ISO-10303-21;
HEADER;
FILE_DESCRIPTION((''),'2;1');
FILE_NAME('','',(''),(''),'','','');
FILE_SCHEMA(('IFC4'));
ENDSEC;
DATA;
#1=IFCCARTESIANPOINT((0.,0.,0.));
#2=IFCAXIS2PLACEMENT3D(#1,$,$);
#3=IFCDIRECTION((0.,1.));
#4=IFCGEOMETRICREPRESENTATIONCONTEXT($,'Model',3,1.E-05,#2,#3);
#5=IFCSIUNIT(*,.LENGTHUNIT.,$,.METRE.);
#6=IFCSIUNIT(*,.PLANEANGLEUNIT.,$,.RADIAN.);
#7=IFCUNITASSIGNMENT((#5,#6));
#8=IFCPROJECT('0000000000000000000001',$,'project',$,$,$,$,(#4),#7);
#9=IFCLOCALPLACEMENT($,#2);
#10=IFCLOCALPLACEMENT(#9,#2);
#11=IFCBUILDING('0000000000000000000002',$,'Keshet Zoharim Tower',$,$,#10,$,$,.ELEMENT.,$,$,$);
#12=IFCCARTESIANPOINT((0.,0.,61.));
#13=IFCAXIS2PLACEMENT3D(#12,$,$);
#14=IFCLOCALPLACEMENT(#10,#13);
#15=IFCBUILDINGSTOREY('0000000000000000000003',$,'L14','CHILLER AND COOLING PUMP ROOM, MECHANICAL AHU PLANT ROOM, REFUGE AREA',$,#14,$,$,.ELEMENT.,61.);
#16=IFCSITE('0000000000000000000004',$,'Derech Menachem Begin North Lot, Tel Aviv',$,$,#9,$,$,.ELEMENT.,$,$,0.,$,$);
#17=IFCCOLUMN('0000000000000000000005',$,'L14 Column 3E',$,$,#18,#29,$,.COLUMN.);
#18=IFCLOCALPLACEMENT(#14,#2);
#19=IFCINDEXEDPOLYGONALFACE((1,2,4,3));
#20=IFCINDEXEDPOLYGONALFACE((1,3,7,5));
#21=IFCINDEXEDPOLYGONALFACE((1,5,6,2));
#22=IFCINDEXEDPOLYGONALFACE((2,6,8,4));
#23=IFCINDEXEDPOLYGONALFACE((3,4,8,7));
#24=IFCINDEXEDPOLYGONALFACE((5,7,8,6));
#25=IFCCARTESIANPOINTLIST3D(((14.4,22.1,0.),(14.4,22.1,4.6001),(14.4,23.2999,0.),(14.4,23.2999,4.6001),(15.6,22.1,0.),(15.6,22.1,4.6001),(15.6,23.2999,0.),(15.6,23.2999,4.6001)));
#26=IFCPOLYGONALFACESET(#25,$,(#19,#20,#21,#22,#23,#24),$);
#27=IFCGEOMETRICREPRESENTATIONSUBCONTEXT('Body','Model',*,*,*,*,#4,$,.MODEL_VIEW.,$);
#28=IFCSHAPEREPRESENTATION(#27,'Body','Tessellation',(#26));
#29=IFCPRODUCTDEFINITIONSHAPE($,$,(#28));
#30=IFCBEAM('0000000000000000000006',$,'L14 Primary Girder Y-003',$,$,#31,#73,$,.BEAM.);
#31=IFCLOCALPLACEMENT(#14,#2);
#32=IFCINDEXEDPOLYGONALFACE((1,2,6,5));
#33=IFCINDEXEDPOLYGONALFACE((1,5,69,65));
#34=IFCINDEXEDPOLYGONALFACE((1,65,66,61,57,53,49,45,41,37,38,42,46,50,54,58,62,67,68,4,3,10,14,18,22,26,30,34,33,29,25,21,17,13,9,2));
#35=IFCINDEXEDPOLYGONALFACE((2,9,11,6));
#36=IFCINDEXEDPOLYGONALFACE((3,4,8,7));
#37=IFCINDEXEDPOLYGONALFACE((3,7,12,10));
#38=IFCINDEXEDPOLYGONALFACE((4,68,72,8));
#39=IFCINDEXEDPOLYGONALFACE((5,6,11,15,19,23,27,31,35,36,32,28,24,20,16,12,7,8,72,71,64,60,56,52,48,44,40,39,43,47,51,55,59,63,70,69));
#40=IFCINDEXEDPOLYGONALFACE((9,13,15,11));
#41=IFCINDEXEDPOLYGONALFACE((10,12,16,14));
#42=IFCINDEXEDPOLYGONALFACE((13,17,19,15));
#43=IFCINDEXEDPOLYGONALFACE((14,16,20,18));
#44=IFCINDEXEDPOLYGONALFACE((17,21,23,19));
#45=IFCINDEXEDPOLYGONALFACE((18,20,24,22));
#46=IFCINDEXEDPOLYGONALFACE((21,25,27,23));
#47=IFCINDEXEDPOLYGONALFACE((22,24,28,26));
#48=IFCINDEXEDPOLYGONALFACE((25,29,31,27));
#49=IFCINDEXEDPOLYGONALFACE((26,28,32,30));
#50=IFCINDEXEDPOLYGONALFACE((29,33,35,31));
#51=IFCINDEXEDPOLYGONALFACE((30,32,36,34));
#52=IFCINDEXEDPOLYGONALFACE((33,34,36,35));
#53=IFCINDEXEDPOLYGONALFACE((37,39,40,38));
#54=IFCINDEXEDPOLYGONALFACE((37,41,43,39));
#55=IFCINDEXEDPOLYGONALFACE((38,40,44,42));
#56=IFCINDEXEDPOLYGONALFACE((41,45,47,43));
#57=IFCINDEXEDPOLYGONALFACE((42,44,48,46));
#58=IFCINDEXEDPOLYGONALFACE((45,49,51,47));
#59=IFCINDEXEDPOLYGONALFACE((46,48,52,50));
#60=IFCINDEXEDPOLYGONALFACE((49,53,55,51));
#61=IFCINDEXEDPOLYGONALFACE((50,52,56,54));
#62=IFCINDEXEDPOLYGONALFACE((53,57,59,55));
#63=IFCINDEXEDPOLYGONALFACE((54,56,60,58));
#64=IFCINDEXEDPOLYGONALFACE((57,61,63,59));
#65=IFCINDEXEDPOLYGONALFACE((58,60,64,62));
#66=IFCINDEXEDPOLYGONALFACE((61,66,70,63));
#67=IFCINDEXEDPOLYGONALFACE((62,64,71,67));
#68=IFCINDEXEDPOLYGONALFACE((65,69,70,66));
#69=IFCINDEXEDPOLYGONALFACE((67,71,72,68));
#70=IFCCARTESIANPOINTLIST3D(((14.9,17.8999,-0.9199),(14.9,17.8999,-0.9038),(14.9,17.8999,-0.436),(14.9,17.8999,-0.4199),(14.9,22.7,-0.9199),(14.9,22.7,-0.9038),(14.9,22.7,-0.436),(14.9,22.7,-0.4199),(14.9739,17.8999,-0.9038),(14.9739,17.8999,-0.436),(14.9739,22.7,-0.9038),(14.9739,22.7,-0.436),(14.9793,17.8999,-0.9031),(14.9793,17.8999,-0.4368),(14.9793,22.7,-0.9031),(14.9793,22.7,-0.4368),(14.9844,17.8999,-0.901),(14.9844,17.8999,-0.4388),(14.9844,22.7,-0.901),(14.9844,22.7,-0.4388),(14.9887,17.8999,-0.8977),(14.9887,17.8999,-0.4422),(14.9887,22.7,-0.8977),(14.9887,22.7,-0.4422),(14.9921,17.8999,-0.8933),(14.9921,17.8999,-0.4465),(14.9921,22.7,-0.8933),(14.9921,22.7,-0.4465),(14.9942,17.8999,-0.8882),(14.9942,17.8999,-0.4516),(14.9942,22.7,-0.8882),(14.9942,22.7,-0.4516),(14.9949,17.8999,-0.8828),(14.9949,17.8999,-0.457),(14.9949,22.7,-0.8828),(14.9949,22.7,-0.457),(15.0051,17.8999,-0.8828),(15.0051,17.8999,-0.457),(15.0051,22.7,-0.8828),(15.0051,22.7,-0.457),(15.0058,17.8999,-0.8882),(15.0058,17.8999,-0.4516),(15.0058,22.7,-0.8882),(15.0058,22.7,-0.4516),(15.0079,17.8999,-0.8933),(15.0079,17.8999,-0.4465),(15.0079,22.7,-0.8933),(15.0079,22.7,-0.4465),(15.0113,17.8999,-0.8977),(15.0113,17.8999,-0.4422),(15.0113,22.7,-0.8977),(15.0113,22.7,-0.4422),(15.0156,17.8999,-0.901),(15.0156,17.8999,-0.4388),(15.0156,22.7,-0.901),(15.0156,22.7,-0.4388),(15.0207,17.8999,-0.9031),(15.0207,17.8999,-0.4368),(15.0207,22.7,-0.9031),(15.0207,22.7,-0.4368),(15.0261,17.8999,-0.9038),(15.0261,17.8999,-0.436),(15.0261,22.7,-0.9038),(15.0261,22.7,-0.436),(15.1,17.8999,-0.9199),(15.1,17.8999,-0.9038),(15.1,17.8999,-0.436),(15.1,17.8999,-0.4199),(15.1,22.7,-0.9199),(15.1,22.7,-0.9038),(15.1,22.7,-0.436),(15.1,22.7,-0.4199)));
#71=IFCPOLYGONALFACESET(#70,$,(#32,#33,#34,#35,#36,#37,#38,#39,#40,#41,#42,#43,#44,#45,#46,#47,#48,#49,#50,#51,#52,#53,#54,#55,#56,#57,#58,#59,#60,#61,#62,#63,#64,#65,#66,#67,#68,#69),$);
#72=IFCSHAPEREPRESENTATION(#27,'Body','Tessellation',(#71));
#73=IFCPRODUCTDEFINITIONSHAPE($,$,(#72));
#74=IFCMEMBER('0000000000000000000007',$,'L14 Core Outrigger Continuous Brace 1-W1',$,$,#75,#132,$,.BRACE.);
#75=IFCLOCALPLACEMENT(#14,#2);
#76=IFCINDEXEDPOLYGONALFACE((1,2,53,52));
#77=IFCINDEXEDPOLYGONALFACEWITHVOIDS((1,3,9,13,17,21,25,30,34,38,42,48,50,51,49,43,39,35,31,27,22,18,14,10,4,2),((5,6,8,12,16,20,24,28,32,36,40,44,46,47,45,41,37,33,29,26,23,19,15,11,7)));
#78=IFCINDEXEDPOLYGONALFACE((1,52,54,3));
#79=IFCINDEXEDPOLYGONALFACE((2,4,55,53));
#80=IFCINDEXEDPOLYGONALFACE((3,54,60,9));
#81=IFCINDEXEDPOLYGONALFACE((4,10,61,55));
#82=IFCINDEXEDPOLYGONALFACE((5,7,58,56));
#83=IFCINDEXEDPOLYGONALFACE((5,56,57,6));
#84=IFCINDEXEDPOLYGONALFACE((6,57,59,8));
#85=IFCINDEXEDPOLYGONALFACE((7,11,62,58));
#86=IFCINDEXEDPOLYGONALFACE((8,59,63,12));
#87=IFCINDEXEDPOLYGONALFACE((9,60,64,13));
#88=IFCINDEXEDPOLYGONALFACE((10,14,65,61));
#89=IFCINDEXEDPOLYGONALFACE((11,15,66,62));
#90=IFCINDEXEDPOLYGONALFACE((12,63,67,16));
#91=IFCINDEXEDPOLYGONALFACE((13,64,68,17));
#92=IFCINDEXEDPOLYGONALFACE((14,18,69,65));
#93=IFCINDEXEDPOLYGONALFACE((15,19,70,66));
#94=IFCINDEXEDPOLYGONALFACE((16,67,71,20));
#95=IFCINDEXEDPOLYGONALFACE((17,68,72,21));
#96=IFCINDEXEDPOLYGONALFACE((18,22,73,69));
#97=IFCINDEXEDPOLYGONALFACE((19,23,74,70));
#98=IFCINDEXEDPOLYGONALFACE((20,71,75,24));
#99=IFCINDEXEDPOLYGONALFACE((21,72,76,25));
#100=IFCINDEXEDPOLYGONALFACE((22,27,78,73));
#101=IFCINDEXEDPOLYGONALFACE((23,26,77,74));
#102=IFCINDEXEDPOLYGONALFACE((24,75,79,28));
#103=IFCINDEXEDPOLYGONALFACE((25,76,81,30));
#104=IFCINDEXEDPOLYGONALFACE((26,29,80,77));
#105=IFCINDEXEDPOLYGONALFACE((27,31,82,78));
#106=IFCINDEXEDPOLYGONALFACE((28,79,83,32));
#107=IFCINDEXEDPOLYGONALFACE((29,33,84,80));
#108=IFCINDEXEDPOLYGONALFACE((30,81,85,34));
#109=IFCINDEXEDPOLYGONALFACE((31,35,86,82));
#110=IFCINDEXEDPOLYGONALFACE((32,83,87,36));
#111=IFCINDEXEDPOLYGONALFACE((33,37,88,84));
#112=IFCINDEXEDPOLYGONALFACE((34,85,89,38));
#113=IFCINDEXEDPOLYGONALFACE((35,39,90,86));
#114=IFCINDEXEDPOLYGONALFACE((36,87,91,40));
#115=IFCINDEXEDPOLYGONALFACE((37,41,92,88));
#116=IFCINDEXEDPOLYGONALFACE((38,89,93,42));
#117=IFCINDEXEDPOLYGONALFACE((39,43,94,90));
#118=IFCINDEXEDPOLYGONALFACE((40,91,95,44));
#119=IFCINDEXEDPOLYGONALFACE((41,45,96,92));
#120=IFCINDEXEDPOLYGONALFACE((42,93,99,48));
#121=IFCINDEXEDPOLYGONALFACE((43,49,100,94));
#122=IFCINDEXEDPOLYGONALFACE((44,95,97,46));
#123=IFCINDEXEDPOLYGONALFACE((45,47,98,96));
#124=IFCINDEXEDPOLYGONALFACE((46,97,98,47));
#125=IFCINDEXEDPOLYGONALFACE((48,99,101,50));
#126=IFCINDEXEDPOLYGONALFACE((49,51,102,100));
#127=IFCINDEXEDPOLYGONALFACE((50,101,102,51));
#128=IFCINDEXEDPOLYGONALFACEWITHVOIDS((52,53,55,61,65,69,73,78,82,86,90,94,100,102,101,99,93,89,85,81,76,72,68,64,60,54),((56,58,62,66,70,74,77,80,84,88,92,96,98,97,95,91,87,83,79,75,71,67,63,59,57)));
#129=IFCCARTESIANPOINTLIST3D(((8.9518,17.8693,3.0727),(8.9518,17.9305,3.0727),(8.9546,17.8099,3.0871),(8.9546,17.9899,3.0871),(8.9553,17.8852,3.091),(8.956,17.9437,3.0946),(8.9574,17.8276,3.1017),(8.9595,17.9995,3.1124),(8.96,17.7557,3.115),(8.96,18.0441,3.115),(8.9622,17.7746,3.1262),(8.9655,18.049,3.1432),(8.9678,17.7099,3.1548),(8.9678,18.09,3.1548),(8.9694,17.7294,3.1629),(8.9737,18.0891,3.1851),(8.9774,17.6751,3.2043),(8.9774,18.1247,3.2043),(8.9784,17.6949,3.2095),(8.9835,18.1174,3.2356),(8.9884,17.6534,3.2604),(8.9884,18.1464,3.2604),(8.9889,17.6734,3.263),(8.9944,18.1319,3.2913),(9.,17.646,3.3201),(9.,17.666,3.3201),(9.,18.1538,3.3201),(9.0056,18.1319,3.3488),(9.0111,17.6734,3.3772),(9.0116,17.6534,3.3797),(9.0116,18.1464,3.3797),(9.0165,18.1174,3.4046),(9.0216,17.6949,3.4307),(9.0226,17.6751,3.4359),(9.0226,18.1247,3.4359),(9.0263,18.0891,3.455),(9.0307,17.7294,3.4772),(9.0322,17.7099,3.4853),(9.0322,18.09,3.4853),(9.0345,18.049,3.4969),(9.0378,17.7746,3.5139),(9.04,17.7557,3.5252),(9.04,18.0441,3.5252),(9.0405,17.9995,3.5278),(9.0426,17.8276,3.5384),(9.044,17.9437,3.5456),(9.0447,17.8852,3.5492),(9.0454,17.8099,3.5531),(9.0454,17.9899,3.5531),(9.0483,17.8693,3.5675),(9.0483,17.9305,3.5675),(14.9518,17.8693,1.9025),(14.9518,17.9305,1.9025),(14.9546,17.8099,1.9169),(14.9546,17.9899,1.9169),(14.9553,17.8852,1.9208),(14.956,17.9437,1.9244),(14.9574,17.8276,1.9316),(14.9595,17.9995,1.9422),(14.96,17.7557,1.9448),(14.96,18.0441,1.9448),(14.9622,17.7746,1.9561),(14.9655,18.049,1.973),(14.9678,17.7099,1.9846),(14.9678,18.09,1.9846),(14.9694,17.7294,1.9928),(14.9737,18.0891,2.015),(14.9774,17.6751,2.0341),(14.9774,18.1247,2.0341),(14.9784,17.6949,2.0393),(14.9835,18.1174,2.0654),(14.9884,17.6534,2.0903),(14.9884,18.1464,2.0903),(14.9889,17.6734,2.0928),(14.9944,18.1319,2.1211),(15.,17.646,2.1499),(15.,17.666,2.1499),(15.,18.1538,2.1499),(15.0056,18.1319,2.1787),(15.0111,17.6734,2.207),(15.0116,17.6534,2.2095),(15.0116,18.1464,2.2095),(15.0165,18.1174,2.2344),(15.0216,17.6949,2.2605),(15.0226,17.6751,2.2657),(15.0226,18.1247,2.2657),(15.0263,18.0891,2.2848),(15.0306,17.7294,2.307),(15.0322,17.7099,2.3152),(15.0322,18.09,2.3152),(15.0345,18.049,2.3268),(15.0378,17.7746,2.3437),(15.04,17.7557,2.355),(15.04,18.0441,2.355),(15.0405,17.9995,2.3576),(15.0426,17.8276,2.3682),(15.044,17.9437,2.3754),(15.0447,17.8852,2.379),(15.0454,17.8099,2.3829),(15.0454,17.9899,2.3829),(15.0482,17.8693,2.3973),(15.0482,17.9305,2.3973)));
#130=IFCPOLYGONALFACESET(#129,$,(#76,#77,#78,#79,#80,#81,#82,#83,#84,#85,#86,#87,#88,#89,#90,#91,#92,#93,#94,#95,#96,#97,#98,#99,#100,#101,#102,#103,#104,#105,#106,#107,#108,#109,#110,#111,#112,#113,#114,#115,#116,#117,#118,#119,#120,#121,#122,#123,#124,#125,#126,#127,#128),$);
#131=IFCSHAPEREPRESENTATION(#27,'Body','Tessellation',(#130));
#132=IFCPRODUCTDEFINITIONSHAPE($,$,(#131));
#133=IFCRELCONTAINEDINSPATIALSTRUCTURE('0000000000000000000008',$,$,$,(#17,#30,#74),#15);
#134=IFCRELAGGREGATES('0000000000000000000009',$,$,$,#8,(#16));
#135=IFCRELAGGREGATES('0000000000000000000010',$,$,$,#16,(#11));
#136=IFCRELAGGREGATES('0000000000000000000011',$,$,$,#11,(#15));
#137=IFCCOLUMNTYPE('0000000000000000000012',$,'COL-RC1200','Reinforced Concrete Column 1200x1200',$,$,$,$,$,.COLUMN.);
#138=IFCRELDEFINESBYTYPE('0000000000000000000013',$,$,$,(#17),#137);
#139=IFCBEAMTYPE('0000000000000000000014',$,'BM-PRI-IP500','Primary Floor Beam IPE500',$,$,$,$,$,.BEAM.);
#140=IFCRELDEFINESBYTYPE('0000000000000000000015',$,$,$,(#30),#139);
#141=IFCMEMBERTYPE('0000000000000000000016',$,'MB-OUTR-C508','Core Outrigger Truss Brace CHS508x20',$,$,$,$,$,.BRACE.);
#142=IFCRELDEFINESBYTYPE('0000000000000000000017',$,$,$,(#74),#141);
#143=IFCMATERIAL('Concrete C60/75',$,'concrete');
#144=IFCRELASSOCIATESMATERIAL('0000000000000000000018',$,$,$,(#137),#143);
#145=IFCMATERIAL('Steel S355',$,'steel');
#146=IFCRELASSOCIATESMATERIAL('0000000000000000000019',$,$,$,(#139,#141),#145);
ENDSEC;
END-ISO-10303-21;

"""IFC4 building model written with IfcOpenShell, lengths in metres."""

from ifc_helpers import new_model, si_unit, direction, frame, origin, origin_2d, place, context, subcontext, project, spatial, rectangle, hollow_circle, i_section, extrude, material, material_profile, profile_set, type_object, element, save


model = new_model("IFC4")

# Units and contexts
model_context = context("Model", 3, precision=1e-05, world=origin(), true_north=direction((0.0, 1.0)))
body_context = subcontext(model_context, "Body", "Model", "MODEL_VIEW")
ifc_project = project(units=[si_unit("LENGTHUNIT", "METRE"), si_unit("PLANEANGLEUNIT", "RADIAN")], contexts=[model_context])

# Site, building, storey
site_placement = place(None, origin())
site = spatial("IfcSite", under=ifc_project, at=site_placement, Name="Derech Menachem Begin North Lot, Tel Aviv", CompositionType="ELEMENT", RefElevation=0.0)
building_placement = place(site_placement, origin())
building = spatial("IfcBuilding", under=site, at=building_placement, Name="Keshet Zoharim Tower", CompositionType="ELEMENT")
storey_placement = place(building_placement, frame((0.0, 0.0, 61.0)))
storey = spatial("IfcBuildingStorey", under=building, at=storey_placement, Name="L14", Description="CHILLER AND COOLING PUMP ROOM, MECHANICAL AHU PLANT ROOM, REFUGE AREA", CompositionType="ELEMENT", Elevation=61.0)

# Column
ifc_material_1 = material(Name="Concrete C60/75", Category="concrete")
ifc_material_profile_1 = material_profile(ifc_material_1, rectangle(XDim=1.2, YDim=1.2, at=origin_2d()), Name="RC1200x1200")
ifc_profile_set_1 = profile_set([ifc_material_profile_1], Name="Concrete C60/75")
column_type = type_object("IfcColumnType", Name="COL-RC1200", Description="Reinforced Concrete Column 1200x1200", PredefinedType="COLUMN", material=ifc_profile_set_1)
column_placement = place(storey_placement, frame((15.0, 22.7, 0.0), z_axis=(0.0, 0.0, 1.0), x_axis=(1.0, 0.0, 0.0)))
element("IfcColumn", 1, at=column_placement, inside=storey, type_object=column_type, Name="L14 Column 3E", PredefinedType="COLUMN", context=body_context, shape_type="SweptSolid", body=[
    extrude(rectangle(XDim=1.2, YDim=1.2, at=origin_2d()), origin(), (0.0, 0.0, 1.0), 4.6001),
])

# Beam
ifc_material_2 = material(Name="Steel S355", Category="steel")
ifc_material_profile_2 = material_profile(ifc_material_2, i_section(OverallWidth=0.2, OverallDepth=0.5, WebThickness=0.0103, FlangeThickness=0.0161, FilletRadius=0.021, at=origin_2d()), Name="IPE500")
ifc_profile_set_2 = profile_set([ifc_material_profile_2], Name="Steel S355")
beam_type = type_object("IfcBeamType", Name="BM-PRI-IP500", Description="Primary Floor Beam IPE500", PredefinedType="BEAM", material=ifc_profile_set_2)
beam_placement = place(storey_placement, frame((15.0, 17.8999, -0.6699), z_axis=(0.0, 1.0, 0.0), x_axis=(-1.0, 0.0, 0.0)))
element("IfcBeam", 2, at=beam_placement, inside=storey, type_object=beam_type, Name="L14 Primary Girder Y-003", PredefinedType="BEAM", context=body_context, shape_type="SweptSolid", body=[
    extrude(i_section(OverallWidth=0.2, OverallDepth=0.5, WebThickness=0.0103, FlangeThickness=0.0161, FilletRadius=0.021, at=origin_2d()), origin(), (0.0, 0.0, 1.0), 4.8),
])

# Member
ifc_material_profile_3 = material_profile(ifc_material_2, hollow_circle(Radius=0.2539, WallThickness=0.02, at=origin_2d()), Name="CHS508x20")
ifc_profile_set_3 = profile_set([ifc_material_profile_3], Name="Steel S355")
member_type_1 = type_object("IfcMemberType", Name="MB-OUTR-C508", Description="Core Outrigger Truss Brace CHS508x20", PredefinedType="BRACE", material=ifc_profile_set_3)
member_1_placement = place(storey_placement, frame((15.0, 17.8999, 2.1499), z_axis=(-0.981508, 0.0, 0.191421), x_axis=(0.0, -1.0, 0.0)))
element("IfcMember", 3, at=member_1_placement, inside=storey, type_object=member_type_1, Name="L14 Core Outrigger Continuous Brace 1-W1", PredefinedType="BRACE", context=body_context, shape_type="SweptSolid", body=[
    extrude(hollow_circle(Radius=0.2539, WallThickness=0.02, at=origin_2d()), origin(), (0.0, 0.0, 1.0), 6.113),
])

save(model, "model.ifc")
